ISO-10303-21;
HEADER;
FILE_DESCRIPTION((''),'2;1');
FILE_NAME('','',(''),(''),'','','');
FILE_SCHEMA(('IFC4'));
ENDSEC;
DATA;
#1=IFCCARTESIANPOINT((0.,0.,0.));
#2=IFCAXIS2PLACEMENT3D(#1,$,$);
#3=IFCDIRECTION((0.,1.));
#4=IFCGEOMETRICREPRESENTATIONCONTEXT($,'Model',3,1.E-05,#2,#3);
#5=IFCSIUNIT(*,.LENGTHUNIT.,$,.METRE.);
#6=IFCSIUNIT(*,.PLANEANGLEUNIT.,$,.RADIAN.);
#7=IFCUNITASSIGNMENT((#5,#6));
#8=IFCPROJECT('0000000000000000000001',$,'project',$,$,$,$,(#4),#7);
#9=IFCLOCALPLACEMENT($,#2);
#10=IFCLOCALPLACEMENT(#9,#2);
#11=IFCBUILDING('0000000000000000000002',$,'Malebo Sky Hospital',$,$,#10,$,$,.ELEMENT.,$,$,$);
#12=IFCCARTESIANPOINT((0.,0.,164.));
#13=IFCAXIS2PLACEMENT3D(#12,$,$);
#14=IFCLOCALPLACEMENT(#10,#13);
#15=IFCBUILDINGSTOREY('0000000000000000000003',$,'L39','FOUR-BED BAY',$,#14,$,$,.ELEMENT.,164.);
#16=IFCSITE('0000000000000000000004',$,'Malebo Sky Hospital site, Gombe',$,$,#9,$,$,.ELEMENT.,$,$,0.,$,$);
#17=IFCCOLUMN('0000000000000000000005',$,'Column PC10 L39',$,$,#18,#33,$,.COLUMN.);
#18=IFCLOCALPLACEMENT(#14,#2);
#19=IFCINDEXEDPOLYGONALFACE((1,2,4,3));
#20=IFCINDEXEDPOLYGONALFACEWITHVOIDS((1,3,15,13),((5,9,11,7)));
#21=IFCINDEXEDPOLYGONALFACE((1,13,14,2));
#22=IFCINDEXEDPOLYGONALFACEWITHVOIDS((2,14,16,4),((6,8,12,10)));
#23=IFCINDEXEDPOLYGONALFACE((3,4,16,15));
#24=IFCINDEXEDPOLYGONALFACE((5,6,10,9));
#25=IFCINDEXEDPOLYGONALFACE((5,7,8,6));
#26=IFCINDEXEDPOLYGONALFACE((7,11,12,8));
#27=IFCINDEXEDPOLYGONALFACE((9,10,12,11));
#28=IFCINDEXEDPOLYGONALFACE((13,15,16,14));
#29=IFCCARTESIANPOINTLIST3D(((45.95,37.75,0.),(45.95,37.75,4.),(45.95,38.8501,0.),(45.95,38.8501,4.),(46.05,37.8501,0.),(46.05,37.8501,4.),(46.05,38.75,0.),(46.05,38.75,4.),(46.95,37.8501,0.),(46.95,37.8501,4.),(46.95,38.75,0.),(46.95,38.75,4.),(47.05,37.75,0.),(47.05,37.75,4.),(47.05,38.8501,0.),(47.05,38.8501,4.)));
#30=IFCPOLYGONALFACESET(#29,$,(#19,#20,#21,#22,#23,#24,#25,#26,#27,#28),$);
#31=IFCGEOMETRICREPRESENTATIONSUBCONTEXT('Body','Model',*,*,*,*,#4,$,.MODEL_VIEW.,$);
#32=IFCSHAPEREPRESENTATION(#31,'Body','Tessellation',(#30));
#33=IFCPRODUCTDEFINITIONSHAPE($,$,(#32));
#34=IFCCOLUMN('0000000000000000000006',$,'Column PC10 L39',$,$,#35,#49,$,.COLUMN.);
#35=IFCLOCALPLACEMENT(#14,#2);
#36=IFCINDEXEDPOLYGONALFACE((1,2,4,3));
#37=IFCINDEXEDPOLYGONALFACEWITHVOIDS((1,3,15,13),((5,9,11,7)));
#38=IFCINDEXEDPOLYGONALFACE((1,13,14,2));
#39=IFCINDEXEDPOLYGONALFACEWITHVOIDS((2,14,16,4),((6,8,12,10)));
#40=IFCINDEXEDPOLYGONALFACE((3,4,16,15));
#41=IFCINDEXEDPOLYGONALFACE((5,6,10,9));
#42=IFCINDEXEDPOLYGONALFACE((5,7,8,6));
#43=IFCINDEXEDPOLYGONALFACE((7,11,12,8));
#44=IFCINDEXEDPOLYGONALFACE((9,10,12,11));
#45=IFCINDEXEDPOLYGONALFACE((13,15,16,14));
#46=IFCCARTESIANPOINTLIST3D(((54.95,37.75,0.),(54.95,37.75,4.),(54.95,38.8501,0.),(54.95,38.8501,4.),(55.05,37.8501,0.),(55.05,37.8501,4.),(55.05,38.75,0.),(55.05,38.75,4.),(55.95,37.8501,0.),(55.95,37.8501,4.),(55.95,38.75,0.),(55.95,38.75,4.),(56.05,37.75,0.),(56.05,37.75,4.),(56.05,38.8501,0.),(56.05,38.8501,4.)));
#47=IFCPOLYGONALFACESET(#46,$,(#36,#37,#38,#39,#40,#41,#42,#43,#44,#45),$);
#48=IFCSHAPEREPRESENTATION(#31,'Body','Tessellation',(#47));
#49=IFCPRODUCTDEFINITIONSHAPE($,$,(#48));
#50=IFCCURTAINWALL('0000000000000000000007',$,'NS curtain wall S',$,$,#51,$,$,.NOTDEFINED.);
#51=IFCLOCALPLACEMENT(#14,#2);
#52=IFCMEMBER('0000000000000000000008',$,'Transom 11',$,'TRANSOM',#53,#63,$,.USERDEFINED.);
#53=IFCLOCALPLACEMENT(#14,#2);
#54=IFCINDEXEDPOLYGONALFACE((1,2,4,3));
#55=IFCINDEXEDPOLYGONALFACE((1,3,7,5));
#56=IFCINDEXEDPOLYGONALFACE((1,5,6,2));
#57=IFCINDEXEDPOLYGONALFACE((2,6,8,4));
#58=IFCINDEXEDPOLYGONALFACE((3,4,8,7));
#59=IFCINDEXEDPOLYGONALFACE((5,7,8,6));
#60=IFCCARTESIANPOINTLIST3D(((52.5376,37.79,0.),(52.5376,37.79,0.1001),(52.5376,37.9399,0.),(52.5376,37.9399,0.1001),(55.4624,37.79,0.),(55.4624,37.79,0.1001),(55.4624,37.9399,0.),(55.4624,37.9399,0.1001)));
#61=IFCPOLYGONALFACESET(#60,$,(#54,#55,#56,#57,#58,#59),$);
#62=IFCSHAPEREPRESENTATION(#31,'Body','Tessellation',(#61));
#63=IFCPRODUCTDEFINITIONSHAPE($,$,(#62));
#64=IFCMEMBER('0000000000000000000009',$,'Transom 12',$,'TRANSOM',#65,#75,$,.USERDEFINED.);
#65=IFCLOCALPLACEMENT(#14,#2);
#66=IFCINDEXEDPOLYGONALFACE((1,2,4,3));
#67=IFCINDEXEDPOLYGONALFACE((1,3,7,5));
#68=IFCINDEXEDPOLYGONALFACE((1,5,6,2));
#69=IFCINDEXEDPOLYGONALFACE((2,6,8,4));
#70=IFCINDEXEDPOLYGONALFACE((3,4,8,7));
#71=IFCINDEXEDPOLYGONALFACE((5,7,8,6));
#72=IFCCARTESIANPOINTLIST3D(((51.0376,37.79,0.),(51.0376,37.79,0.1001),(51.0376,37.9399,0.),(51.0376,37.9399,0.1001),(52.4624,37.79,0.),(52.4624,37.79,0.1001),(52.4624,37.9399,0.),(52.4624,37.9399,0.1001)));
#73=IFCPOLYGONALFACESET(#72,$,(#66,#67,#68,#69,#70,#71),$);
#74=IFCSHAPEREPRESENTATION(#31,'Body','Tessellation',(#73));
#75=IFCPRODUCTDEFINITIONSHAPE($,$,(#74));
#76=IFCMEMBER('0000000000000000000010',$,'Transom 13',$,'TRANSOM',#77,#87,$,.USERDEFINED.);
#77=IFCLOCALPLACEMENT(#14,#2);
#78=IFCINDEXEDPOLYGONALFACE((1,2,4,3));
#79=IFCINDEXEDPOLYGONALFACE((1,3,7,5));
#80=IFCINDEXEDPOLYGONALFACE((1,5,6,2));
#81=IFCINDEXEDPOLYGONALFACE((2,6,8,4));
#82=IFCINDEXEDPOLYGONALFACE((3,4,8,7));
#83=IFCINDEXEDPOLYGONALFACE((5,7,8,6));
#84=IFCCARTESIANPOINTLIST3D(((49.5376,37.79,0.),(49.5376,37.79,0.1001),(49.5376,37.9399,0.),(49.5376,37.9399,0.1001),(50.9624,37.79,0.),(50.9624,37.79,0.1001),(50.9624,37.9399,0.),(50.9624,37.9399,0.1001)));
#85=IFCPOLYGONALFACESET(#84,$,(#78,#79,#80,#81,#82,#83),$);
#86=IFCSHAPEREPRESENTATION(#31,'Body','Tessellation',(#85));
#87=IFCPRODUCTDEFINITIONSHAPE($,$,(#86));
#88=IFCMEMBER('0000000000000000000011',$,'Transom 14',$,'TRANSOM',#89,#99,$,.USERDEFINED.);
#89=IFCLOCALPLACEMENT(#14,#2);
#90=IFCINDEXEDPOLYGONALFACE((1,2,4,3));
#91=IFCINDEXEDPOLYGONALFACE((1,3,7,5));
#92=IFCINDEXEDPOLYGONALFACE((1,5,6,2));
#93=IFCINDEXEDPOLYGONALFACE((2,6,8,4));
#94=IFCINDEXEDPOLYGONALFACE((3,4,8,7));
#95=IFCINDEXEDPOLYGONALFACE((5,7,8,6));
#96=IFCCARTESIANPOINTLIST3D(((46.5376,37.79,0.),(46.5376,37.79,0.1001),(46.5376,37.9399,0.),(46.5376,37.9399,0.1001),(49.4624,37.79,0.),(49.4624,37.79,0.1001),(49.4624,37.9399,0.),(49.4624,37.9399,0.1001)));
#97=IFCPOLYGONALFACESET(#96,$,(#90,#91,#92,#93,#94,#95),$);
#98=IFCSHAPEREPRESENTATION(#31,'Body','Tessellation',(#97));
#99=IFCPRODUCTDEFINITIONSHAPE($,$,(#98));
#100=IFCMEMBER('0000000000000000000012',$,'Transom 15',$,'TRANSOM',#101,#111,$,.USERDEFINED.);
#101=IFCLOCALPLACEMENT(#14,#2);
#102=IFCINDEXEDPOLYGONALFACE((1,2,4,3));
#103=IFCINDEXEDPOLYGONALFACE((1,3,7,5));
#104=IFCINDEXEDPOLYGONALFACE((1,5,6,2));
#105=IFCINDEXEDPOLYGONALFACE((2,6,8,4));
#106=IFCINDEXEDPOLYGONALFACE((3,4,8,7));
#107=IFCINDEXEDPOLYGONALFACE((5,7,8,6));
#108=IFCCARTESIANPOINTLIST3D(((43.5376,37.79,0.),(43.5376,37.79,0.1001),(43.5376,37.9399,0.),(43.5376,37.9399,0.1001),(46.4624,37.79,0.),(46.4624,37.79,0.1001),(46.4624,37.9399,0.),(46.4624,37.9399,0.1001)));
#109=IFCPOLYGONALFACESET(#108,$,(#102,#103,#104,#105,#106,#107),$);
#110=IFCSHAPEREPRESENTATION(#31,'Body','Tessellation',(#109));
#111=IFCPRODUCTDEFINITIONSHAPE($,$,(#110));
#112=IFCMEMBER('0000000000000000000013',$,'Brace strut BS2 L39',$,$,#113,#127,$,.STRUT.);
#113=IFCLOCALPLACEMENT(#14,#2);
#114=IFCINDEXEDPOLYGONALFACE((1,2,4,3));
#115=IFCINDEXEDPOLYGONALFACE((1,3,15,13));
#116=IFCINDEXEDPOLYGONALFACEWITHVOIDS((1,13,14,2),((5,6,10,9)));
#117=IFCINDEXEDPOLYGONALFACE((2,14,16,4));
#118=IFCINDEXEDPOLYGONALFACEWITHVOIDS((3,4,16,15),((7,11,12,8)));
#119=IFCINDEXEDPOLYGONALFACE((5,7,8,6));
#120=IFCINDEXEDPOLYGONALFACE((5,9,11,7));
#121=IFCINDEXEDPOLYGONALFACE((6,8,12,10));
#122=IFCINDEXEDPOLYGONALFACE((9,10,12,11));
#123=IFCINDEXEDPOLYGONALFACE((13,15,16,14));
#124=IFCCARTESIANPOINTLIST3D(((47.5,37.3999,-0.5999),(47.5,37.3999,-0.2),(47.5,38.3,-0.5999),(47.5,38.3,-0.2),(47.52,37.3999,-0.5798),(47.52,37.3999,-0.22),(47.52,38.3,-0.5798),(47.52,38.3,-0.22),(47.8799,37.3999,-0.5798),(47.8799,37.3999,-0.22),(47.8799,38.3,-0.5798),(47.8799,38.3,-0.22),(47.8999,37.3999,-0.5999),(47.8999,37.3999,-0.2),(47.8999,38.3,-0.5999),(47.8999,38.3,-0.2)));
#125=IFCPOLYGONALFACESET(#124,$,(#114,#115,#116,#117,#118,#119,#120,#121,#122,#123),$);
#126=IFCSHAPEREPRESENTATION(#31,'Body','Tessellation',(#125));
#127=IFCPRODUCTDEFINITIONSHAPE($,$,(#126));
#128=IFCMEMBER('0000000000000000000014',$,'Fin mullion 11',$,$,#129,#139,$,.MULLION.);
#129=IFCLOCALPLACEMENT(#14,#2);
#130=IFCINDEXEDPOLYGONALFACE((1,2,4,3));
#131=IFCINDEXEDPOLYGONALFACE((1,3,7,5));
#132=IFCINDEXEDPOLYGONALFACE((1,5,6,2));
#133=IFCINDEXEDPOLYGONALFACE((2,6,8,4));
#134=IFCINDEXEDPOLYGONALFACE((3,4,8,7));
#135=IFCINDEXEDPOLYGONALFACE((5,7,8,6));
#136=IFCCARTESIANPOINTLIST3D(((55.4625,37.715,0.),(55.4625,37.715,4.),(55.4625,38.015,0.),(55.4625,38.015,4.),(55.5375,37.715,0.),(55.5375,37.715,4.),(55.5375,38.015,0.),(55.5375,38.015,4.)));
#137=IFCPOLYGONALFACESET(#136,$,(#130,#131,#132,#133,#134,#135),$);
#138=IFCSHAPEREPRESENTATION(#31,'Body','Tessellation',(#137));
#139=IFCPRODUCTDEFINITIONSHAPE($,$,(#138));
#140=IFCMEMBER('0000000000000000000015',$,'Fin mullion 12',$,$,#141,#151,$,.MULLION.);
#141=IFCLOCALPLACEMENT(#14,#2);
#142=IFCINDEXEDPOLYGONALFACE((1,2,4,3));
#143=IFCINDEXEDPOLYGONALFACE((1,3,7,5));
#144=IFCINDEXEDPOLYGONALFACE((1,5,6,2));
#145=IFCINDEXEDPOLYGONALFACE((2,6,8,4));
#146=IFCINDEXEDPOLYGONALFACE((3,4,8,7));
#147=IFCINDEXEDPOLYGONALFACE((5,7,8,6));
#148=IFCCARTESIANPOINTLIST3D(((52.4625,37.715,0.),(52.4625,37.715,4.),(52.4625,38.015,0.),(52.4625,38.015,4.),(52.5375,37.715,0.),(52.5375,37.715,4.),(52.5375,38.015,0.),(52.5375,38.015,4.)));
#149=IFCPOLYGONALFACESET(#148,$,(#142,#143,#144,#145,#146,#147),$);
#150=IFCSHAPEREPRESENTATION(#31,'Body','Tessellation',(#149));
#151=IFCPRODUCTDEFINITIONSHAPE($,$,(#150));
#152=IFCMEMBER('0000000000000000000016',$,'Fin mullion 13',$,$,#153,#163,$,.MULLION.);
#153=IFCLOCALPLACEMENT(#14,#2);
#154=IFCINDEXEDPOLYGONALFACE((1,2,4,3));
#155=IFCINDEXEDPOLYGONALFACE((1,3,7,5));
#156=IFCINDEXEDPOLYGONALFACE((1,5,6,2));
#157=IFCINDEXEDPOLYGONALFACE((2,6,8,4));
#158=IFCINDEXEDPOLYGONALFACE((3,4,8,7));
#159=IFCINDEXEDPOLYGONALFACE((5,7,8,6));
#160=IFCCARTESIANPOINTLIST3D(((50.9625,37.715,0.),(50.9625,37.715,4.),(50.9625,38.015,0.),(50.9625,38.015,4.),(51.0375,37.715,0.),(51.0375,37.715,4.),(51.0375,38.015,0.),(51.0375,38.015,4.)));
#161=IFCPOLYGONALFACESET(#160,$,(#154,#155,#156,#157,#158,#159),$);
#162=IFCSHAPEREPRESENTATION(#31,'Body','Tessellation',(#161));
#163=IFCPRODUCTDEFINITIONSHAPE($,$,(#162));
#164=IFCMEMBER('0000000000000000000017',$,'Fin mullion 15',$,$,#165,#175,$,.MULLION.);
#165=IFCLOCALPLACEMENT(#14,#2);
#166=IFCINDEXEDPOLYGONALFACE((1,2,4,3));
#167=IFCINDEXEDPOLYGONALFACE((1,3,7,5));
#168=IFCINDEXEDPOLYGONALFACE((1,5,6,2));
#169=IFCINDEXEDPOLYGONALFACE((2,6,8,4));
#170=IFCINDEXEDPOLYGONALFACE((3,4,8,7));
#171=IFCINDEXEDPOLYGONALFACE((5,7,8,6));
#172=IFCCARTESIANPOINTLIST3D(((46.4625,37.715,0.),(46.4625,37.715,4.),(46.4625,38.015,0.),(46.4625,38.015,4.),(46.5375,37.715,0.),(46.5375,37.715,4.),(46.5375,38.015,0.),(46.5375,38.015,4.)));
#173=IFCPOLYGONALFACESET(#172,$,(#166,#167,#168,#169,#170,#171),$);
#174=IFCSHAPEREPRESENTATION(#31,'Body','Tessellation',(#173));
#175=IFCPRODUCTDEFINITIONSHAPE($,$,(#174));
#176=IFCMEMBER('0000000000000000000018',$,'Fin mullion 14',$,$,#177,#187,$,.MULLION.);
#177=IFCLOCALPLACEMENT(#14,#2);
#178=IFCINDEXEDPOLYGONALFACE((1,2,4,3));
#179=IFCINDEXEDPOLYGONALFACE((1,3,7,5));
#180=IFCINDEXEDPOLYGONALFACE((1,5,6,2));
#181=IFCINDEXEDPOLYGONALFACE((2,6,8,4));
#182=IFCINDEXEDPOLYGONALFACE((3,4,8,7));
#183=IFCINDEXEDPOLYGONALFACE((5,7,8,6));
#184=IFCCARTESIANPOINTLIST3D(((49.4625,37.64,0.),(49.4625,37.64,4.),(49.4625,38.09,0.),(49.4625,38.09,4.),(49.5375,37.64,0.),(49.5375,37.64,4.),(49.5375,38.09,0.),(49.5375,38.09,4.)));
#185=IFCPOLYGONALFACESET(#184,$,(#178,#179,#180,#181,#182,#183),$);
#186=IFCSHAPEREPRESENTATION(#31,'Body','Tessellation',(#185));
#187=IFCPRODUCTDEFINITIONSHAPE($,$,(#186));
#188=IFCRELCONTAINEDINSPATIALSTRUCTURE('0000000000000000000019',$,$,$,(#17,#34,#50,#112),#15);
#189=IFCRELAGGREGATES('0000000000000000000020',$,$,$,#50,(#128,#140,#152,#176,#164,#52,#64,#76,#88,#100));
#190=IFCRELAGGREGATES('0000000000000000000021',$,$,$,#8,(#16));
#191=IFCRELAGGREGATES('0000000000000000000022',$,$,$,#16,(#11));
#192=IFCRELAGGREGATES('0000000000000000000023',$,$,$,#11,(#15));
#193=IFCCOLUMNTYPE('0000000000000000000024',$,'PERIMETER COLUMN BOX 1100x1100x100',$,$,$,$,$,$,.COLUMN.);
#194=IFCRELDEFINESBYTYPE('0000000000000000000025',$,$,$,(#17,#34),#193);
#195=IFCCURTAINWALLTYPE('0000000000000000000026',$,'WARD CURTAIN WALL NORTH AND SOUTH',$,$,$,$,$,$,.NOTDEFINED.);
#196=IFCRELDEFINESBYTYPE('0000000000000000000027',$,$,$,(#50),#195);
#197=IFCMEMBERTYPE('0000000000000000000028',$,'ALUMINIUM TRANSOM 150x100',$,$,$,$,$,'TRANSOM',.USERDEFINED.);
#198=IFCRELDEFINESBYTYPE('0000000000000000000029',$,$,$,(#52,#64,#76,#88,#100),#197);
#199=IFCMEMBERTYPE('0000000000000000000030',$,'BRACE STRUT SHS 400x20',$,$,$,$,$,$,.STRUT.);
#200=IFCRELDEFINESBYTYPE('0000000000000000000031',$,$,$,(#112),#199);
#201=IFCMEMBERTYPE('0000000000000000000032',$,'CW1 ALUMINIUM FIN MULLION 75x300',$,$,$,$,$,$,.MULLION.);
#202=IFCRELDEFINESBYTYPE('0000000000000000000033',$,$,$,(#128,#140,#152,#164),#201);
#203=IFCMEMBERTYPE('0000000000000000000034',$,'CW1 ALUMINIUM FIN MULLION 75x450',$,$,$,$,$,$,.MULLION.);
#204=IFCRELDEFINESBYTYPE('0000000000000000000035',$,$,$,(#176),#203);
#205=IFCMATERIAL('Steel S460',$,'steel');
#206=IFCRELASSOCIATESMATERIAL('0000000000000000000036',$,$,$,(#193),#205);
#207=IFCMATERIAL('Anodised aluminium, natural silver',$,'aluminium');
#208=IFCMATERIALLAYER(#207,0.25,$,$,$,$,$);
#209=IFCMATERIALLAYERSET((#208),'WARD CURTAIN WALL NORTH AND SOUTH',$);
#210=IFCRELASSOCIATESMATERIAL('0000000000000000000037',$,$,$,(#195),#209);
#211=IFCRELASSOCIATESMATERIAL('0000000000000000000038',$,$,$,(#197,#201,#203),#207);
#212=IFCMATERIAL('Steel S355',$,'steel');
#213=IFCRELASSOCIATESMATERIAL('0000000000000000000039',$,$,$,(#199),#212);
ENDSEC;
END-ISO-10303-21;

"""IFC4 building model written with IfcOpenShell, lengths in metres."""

from ifc_helpers import new_model, si_unit, direction, frame, origin, origin_2d, place, context, subcontext, project, spatial, rectangle, hollow_rectangle, extrude, material, layer, layer_set, material_profile, profile_set, type_object, element, aggregate, save


model = new_model("IFC4")

# Units and contexts
model_context = context("Model", 3, precision=1e-05, world=origin(), true_north=direction((0.0, 1.0)))
body_context = subcontext(model_context, "Body", "Model", "MODEL_VIEW")
ifc_project = project(units=[si_unit("LENGTHUNIT", "METRE"), si_unit("PLANEANGLEUNIT", "RADIAN")], contexts=[model_context])

# Site, building, storey
site_placement = place(None, origin())
site = spatial("IfcSite", under=ifc_project, at=site_placement, Name="Malebo Sky Hospital site, Gombe", CompositionType="ELEMENT", RefElevation=0.0)
building_placement = place(site_placement, origin())
building = spatial("IfcBuilding", under=site, at=building_placement, Name="Malebo Sky Hospital", CompositionType="ELEMENT")
storey_placement = place(building_placement, frame((0.0, 0.0, 164.0)))
storey = spatial("IfcBuildingStorey", under=building, at=storey_placement, Name="L39", Description="FOUR-BED BAY", CompositionType="ELEMENT", Elevation=164.0)

# Columns
ifc_material_1 = material(Name="Steel S460", Category="steel")
ifc_material_profile_1 = material_profile(ifc_material_1, hollow_rectangle(XDim=1.1001, YDim=1.1001, WallThickness=0.1001, at=origin_2d()), Name="BOX 1100x1100x100")
ifc_profile_set_1 = profile_set([ifc_material_profile_1], Name="Steel S460")
column_type = type_object("IfcColumnType", Name="PERIMETER COLUMN BOX 1100x1100x100", PredefinedType="COLUMN", material=ifc_profile_set_1)
for number, where, z_axis, x_axis, name in (
    (1, (46.5, 38.3, 0.0), (0.0, 0.0, 1.0), (1.0, 0.0, 0.0), "Column PC10 L39"),
    (2, (55.5, 38.3, 0.0), (0.0, 0.0, 1.0), (1.0, 0.0, 0.0), "Column PC10 L39"),
):
    element("IfcColumn", number, at=place(storey_placement, frame(where, z_axis=z_axis, x_axis=x_axis)), inside=storey, type_object=column_type, Name=name, PredefinedType="COLUMN", context=body_context, shape_type="SweptSolid", body=[
        extrude(hollow_rectangle(XDim=1.1001, YDim=1.1001, WallThickness=0.1001, at=origin_2d()), origin(), (0.0, 0.0, 1.0), 4.0),
    ])

# Curtain wall, members
ifc_material_2 = material(Name="Anodised aluminium, natural silver", Category="aluminium")
ifc_layer_1 = layer(ifc_material_2, 0.25)
ifc_layer_set_1 = layer_set([ifc_layer_1], Name="WARD CURTAIN WALL NORTH AND SOUTH")
curtain_wall_type = type_object("IfcCurtainWallType", Name="WARD CURTAIN WALL NORTH AND SOUTH", PredefinedType="NOTDEFINED", material=ifc_layer_set_1)
curtain_wall_placement = place(storey_placement, origin())
curtain_wall = element("IfcCurtainWall", 3, at=curtain_wall_placement, inside=storey, type_object=curtain_wall_type, Name="NS curtain wall S", PredefinedType="NOTDEFINED")
ifc_material_profile_2 = material_profile(ifc_material_2, rectangle(XDim=0.1499, YDim=0.1001, at=origin_2d()), Name="ALUMINIUM TRANSOM 150x100")
ifc_profile_set_2 = profile_set([ifc_material_profile_2], Name="Anodised aluminium, natural silver")
member_type_1 = type_object("IfcMemberType", Name="ALUMINIUM TRANSOM 150x100", ElementType="TRANSOM", PredefinedType="USERDEFINED", material=ifc_profile_set_2)
member_1_placement = place(storey_placement, frame((55.4624, 37.865, 0.05), z_axis=(-1.0, 0.0, 0.0), x_axis=(0.0, -1.0, 0.0)))
member_1 = element("IfcMember", 4, at=member_1_placement, type_object=member_type_1, Name="Transom 11", ObjectType="TRANSOM", PredefinedType="USERDEFINED", context=body_context, shape_type="SweptSolid", body=[
    extrude(rectangle(XDim=0.1499, YDim=0.1001, at=origin_2d()), origin(), (0.0, 0.0, 1.0), 2.9248),
])
member_2_placement = place(storey_placement, frame((52.4624, 37.865, 0.05), z_axis=(-1.0, 0.0, 0.0), x_axis=(0.0, -1.0, 0.0)))
member_2 = element("IfcMember", 5, at=member_2_placement, type_object=member_type_1, Name="Transom 12", ObjectType="TRANSOM", PredefinedType="USERDEFINED", context=body_context, shape_type="SweptSolid", body=[
    extrude(rectangle(XDim=0.1499, YDim=0.1001, at=origin_2d()), origin(), (0.0, 0.0, 1.0), 1.4248),
])
member_3_placement = place(storey_placement, frame((50.9624, 37.865, 0.05), z_axis=(-1.0, 0.0, 0.0), x_axis=(0.0, -1.0, 0.0)))
member_3 = element("IfcMember", 6, at=member_3_placement, type_object=member_type_1, Name="Transom 13", ObjectType="TRANSOM", PredefinedType="USERDEFINED", context=body_context, shape_type="SweptSolid", body=[
    extrude(rectangle(XDim=0.1499, YDim=0.1001, at=origin_2d()), origin(), (0.0, 0.0, 1.0), 1.4248),
])
member_4_placement = place(storey_placement, frame((49.4624, 37.865, 0.05), z_axis=(-1.0, 0.0, 0.0), x_axis=(0.0, -1.0, 0.0)))
member_4 = element("IfcMember", 7, at=member_4_placement, type_object=member_type_1, Name="Transom 14", ObjectType="TRANSOM", PredefinedType="USERDEFINED", context=body_context, shape_type="SweptSolid", body=[
    extrude(rectangle(XDim=0.1499, YDim=0.1001, at=origin_2d()), origin(), (0.0, 0.0, 1.0), 2.9248),
])
member_5_placement = place(storey_placement, frame((46.4624, 37.865, 0.05), z_axis=(-1.0, 0.0, 0.0), x_axis=(0.0, -1.0, 0.0)))
member_5 = element("IfcMember", 8, at=member_5_placement, type_object=member_type_1, Name="Transom 15", ObjectType="TRANSOM", PredefinedType="USERDEFINED", context=body_context, shape_type="SweptSolid", body=[
    extrude(rectangle(XDim=0.1499, YDim=0.1001, at=origin_2d()), origin(), (0.0, 0.0, 1.0), 2.9248),
])

# Members
ifc_material_3 = material(Name="Steel S355", Category="steel")
ifc_material_profile_3 = material_profile(ifc_material_3, hollow_rectangle(XDim=0.3999, YDim=0.3999, WallThickness=0.02, at=origin_2d()), Name="SHS 400x20")
ifc_profile_set_3 = profile_set([ifc_material_profile_3], Name="Steel S355")
member_type_2 = type_object("IfcMemberType", Name="BRACE STRUT SHS 400x20", PredefinedType="STRUT", material=ifc_profile_set_3)
member_6_placement = place(storey_placement, frame((47.7, 37.3999, -0.3999), z_axis=(0.0, 1.0, 0.0), x_axis=(-1.0, 0.0, 0.0)))
element("IfcMember", 9, at=member_6_placement, inside=storey, type_object=member_type_2, Name="Brace strut BS2 L39", PredefinedType="STRUT", context=body_context, shape_type="SweptSolid", body=[
    extrude(hollow_rectangle(XDim=0.3999, YDim=0.3999, WallThickness=0.02, at=origin_2d()), origin(), (0.0, 0.0, 1.0), 0.9001),
])
ifc_material_profile_4 = material_profile(ifc_material_2, rectangle(XDim=0.075, YDim=0.3, at=origin_2d()), Name="CW1 ALUMINIUM FIN MULLION 75x300")
ifc_profile_set_4 = profile_set([ifc_material_profile_4], Name="Anodised aluminium, natural silver")
member_type_3 = type_object("IfcMemberType", Name="CW1 ALUMINIUM FIN MULLION 75x300", PredefinedType="MULLION", material=ifc_profile_set_4)
member_7_placement = place(storey_placement, frame((55.5, 37.865, 0.0), z_axis=(0.0, 0.0, 1.0), x_axis=(-1.0, 0.0, 0.0)))
member_7 = element("IfcMember", 10, at=member_7_placement, type_object=member_type_3, Name="Fin mullion 11", PredefinedType="MULLION", context=body_context, shape_type="SweptSolid", body=[
    extrude(rectangle(XDim=0.075, YDim=0.3, at=origin_2d()), origin(), (0.0, 0.0, 1.0), 4.0),
])
member_8_placement = place(storey_placement, frame((52.5, 37.865, 0.0), z_axis=(0.0, 0.0, 1.0), x_axis=(-1.0, 0.0, 0.0)))
member_8 = element("IfcMember", 11, at=member_8_placement, type_object=member_type_3, Name="Fin mullion 12", PredefinedType="MULLION", context=body_context, shape_type="SweptSolid", body=[
    extrude(rectangle(XDim=0.075, YDim=0.3, at=origin_2d()), origin(), (0.0, 0.0, 1.0), 4.0),
])
member_9_placement = place(storey_placement, frame((51.0, 37.865, 0.0), z_axis=(0.0, 0.0, 1.0), x_axis=(-1.0, 0.0, 0.0)))
member_9 = element("IfcMember", 12, at=member_9_placement, type_object=member_type_3, Name="Fin mullion 13", PredefinedType="MULLION", context=body_context, shape_type="SweptSolid", body=[
    extrude(rectangle(XDim=0.075, YDim=0.3, at=origin_2d()), origin(), (0.0, 0.0, 1.0), 4.0),
])
member_10_placement = place(storey_placement, frame((46.5, 37.865, 0.0), z_axis=(0.0, 0.0, 1.0), x_axis=(-1.0, 0.0, 0.0)))
member_10 = element("IfcMember", 13, at=member_10_placement, type_object=member_type_3, Name="Fin mullion 15", PredefinedType="MULLION", context=body_context, shape_type="SweptSolid", body=[
    extrude(rectangle(XDim=0.075, YDim=0.3, at=origin_2d()), origin(), (0.0, 0.0, 1.0), 4.0),
])
ifc_material_profile_5 = material_profile(ifc_material_2, rectangle(XDim=0.075, YDim=0.45, at=origin_2d()), Name="CW1 ALUMINIUM FIN MULLION 75x450")
ifc_profile_set_5 = profile_set([ifc_material_profile_5], Name="Anodised aluminium, natural silver")
member_type_4 = type_object("IfcMemberType", Name="CW1 ALUMINIUM FIN MULLION 75x450", PredefinedType="MULLION", material=ifc_profile_set_5)
member_11_placement = place(storey_placement, frame((49.5, 37.865, 0.0), z_axis=(0.0, 0.0, 1.0), x_axis=(-1.0, 0.0, 0.0)))
member_11 = element("IfcMember", 14, at=member_11_placement, type_object=member_type_4, Name="Fin mullion 14", PredefinedType="MULLION", context=body_context, shape_type="SweptSolid", body=[
    extrude(rectangle(XDim=0.075, YDim=0.45, at=origin_2d()), origin(), (0.0, 0.0, 1.0), 4.0),
])

aggregate(curtain_wall, [member_7, member_8, member_9, member_11, member_10, member_1, member_2, member_3, member_4, member_5])

save(model, "model.ifc")
